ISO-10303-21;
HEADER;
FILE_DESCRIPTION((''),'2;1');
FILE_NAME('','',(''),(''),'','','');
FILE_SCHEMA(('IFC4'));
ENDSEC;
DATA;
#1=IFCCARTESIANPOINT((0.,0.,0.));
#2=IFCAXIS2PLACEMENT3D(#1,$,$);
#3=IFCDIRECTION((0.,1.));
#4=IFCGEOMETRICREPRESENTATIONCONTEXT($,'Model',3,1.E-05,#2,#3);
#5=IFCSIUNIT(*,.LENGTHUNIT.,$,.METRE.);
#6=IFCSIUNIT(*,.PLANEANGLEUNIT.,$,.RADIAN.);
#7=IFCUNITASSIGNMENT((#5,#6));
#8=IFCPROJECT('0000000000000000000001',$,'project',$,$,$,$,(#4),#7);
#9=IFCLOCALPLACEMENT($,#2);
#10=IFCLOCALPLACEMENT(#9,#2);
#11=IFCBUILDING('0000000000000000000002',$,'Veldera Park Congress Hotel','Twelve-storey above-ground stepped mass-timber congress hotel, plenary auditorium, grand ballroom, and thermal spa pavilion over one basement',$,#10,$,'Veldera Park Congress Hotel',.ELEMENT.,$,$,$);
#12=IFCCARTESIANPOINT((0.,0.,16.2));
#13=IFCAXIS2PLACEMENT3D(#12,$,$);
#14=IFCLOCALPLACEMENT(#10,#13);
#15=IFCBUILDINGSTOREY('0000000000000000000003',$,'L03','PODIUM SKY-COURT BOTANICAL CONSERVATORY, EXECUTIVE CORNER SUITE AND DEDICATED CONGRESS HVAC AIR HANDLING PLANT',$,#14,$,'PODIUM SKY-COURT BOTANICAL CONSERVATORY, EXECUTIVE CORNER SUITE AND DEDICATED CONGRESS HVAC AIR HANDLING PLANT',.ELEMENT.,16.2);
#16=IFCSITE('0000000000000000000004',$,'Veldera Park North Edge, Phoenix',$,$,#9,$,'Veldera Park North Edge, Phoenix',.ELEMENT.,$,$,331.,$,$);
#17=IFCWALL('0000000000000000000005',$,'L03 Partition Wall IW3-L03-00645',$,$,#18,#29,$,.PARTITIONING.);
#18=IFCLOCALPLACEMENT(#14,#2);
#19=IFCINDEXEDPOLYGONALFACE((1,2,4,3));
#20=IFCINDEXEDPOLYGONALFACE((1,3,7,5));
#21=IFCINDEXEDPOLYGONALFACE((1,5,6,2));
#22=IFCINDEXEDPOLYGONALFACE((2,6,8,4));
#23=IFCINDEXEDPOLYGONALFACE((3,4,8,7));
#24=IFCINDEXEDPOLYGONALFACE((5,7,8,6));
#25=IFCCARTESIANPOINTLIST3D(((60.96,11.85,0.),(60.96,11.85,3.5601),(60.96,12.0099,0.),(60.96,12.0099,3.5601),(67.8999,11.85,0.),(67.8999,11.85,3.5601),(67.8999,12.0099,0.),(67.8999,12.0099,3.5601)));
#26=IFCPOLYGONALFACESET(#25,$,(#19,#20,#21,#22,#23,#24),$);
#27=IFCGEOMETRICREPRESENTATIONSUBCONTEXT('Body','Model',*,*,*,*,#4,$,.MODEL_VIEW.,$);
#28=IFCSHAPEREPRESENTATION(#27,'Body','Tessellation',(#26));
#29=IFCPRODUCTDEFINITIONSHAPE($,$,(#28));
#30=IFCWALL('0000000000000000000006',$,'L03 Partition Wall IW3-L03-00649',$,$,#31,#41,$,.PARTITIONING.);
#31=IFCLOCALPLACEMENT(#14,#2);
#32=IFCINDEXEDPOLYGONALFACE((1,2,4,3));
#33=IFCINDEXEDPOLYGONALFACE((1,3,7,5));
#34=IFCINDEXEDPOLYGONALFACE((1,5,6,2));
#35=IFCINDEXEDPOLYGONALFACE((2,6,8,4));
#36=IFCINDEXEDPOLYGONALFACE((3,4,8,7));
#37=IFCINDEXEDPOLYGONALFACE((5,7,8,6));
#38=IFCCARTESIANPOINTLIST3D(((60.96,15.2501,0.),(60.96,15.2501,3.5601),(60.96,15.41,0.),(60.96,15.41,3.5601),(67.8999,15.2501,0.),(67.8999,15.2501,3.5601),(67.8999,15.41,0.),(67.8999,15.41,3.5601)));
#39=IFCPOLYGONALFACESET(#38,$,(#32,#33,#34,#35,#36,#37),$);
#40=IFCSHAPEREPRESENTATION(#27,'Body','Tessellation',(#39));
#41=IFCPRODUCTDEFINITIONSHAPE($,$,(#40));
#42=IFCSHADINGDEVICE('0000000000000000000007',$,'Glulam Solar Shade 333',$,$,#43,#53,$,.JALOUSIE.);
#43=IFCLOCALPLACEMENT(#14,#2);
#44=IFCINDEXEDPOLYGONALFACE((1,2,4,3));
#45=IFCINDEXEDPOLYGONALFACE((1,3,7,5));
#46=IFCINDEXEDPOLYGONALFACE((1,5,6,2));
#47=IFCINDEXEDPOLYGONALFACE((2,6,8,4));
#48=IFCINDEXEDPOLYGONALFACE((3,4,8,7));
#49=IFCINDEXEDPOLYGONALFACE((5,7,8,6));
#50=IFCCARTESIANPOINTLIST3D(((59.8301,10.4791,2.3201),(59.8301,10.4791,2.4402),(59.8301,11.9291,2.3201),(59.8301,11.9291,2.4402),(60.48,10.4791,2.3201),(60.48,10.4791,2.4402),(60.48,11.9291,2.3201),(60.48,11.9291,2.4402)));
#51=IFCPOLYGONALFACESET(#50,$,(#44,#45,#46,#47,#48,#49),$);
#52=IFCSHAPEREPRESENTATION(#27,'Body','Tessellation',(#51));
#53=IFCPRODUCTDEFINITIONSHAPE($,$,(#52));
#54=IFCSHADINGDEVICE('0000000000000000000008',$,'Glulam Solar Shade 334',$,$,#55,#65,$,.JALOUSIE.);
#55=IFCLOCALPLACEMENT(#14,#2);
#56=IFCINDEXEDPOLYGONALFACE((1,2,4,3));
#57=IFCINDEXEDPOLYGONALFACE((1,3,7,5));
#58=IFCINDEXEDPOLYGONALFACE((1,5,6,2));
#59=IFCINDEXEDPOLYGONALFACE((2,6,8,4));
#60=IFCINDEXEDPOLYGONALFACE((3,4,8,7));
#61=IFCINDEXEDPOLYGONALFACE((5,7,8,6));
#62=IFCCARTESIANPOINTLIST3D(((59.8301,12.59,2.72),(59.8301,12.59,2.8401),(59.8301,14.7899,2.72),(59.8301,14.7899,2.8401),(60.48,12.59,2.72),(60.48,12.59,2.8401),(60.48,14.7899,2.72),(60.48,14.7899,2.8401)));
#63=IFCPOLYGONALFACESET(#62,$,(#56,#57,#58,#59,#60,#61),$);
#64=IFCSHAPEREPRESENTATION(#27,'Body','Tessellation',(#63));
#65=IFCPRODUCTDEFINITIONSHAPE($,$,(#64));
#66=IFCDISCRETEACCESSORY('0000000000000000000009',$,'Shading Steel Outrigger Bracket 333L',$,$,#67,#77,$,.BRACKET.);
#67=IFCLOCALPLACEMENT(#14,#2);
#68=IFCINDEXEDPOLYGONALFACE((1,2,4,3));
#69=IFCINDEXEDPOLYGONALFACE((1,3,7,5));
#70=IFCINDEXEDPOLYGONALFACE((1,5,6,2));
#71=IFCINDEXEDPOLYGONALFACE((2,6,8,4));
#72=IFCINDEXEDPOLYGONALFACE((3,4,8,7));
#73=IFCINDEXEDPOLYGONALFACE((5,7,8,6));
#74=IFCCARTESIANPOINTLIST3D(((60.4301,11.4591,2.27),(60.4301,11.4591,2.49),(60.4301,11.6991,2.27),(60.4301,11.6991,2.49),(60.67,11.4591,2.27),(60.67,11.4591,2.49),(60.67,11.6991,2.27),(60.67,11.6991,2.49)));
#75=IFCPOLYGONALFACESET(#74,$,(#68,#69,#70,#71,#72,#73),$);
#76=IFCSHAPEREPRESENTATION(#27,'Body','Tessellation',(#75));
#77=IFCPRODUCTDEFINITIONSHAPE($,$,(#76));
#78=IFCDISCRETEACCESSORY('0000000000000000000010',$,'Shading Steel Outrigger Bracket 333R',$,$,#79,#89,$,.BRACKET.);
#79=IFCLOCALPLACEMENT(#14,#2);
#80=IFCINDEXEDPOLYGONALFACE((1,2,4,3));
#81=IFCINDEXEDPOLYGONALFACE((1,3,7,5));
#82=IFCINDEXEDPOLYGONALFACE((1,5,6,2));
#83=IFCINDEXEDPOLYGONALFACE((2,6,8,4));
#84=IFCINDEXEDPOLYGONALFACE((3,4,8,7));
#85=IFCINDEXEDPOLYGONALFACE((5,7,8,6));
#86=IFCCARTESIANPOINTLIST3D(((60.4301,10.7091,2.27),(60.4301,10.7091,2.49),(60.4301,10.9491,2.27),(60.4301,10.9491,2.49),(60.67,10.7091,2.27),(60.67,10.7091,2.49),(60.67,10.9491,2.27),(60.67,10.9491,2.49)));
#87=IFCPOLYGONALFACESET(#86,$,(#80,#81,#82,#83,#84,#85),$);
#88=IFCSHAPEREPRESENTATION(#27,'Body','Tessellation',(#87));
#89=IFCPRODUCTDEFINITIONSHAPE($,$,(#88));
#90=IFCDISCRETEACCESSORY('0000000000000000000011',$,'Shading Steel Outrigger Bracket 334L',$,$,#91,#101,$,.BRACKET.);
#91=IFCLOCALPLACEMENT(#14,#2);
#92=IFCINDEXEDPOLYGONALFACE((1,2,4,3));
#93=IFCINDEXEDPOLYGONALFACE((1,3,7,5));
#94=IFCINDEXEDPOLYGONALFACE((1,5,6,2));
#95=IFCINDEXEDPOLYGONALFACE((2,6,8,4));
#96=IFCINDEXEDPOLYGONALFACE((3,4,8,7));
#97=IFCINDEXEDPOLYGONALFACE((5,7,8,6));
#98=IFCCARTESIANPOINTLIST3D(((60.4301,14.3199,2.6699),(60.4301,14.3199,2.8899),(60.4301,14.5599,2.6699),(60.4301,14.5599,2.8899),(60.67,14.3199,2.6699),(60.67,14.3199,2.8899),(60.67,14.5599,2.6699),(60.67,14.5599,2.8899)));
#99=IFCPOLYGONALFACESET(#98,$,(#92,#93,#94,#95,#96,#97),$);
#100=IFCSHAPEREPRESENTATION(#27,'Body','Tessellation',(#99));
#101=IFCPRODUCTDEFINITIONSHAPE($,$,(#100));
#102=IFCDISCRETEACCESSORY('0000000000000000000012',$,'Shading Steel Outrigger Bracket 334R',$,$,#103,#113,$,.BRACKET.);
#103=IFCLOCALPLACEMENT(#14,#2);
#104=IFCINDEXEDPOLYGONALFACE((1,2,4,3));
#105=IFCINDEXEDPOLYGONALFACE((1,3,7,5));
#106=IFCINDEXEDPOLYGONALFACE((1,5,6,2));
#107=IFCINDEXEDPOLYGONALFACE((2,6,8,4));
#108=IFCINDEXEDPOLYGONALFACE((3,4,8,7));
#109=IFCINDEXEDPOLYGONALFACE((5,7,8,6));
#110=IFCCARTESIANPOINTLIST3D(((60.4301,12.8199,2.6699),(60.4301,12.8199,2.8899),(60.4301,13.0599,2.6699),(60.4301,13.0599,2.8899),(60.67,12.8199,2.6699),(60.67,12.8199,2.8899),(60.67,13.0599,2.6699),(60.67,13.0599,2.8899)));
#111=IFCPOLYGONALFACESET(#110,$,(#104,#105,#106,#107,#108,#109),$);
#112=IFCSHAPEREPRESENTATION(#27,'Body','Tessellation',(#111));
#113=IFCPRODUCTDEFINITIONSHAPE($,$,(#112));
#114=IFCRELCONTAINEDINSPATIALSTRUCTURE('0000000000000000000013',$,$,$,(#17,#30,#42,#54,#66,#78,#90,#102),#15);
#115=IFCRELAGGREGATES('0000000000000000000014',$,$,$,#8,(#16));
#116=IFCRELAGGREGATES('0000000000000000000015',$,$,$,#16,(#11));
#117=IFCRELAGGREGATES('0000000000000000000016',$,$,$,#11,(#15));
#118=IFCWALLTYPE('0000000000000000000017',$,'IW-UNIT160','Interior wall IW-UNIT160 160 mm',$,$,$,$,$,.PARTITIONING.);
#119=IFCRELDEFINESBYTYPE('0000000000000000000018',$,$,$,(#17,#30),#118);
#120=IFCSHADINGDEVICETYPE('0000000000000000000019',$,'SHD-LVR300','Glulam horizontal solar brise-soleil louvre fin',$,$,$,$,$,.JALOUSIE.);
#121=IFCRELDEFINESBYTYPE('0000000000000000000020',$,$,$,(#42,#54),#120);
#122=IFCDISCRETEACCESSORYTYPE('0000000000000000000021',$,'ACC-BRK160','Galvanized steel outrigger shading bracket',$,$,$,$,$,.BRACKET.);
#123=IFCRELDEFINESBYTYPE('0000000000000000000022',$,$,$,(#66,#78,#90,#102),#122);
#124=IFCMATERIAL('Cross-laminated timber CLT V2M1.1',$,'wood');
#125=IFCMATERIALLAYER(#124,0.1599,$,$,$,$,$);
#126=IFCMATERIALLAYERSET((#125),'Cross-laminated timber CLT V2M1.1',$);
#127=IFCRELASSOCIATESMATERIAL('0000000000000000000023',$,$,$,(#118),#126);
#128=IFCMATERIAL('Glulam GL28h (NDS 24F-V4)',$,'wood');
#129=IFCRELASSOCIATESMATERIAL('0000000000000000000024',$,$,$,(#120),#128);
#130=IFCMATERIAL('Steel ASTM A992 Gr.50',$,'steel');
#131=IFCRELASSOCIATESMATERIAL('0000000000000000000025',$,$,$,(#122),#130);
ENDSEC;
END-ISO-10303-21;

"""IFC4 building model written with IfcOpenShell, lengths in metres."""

from ifc_helpers import new_model, si_unit, direction, frame, frame_2d, origin, origin_2d, place, context, subcontext, project, spatial, rectangle, extrude, material, layer, layer_set, type_object, element, save


model = new_model("IFC4")

# Units and contexts
model_context = context("Model", 3, precision=1e-05, world=origin(), true_north=direction((0.0, 1.0)))
body_context = subcontext(model_context, "Body", "Model", "MODEL_VIEW")
ifc_project = project(units=[si_unit("LENGTHUNIT", "METRE"), si_unit("PLANEANGLEUNIT", "RADIAN")], contexts=[model_context])

# Site, building, storey
site_placement = place(None, origin())
site = spatial("IfcSite", under=ifc_project, at=site_placement, Name="Veldera Park North Edge, Phoenix", LongName="Veldera Park North Edge, Phoenix", CompositionType="ELEMENT", RefElevation=331.0)
building_placement = place(site_placement, origin())
building = spatial("IfcBuilding", under=site, at=building_placement, Name="Veldera Park Congress Hotel", Description="Twelve-storey above-ground stepped mass-timber congress hotel, plenary auditorium, grand ballroom, and thermal spa pavilion over one basement", LongName="Veldera Park Congress Hotel", CompositionType="ELEMENT")
storey_placement = place(building_placement, frame((0.0, 0.0, 16.2)))
storey = spatial("IfcBuildingStorey", under=building, at=storey_placement, Name="L03", Description="PODIUM SKY-COURT BOTANICAL CONSERVATORY, EXECUTIVE CORNER SUITE AND DEDICATED CONGRESS HVAC AIR HANDLING PLANT", LongName="PODIUM SKY-COURT BOTANICAL CONSERVATORY, EXECUTIVE CORNER SUITE AND DEDICATED CONGRESS HVAC AIR HANDLING PLANT", CompositionType="ELEMENT", Elevation=16.2)

# Shared definitions
ifc_material_1 = material(Name="Glulam GL28h (NDS 24F-V4)", Category="wood")

# Shared definitions
ifc_material_2 = material(Name="Cross-laminated timber CLT V2M1.1", Category="wood")

# Walls
ifc_layer_1 = layer(ifc_material_2, 0.1599)
ifc_layer_set_1 = layer_set([ifc_layer_1], Name="Cross-laminated timber CLT V2M1.1")
wall_type_1 = type_object("IfcWallType", Name="IW-UNIT160", Description="Interior wall IW-UNIT160 160 mm", PredefinedType="PARTITIONING", material=ifc_layer_set_1)
for number, where, z_axis, x_axis, name in (
    (1, (60.96, 11.9299, 0.0), (0.0, 0.0, 1.0), (1.0, 0.0, 0.0), "L03 Partition Wall IW3-L03-00645"),
    (2, (60.96, 15.3301, 0.0), (0.0, 0.0, 1.0), (1.0, 0.0, 0.0), "L03 Partition Wall IW3-L03-00649"),
):
    element("IfcWall", number, at=place(storey_placement, frame(where, z_axis=z_axis, x_axis=x_axis)), inside=storey, type_object=wall_type_1, Name=name, PredefinedType="PARTITIONING", context=body_context, shape_type="SweptSolid", body=[
        extrude(rectangle(XDim=6.9399, YDim=0.1599, at=frame_2d((3.47, 0.0))), origin(), (0.0, 0.0, 1.0), 3.5601),
    ])

# Shading devices
shading_device_type = type_object("IfcShadingDeviceType", Name="SHD-LVR300", Description="Glulam horizontal solar brise-soleil louvre fin", PredefinedType="JALOUSIE", material=ifc_material_1)
shading_device_1_placement = place(storey_placement, frame((60.155, 11.2041, 2.3201), z_axis=(0.0, 0.0, 1.0), x_axis=(0.0, -1.0, 0.0)))
element("IfcShadingDevice", 3, at=shading_device_1_placement, inside=storey, type_object=shading_device_type, Name="Glulam Solar Shade 333", PredefinedType="JALOUSIE", context=body_context, shape_type="SweptSolid", body=[
    extrude(rectangle(XDim=1.45, YDim=0.6499, at=origin_2d()), origin(), (0.0, 0.0, 1.0), 0.1201),
])
shading_device_2_placement = place(storey_placement, frame((60.155, 13.6899, 2.72), z_axis=(0.0, 0.0, 1.0), x_axis=(0.0, -1.0, 0.0)))
element("IfcShadingDevice", 4, at=shading_device_2_placement, inside=storey, type_object=shading_device_type, Name="Glulam Solar Shade 334", PredefinedType="JALOUSIE", context=body_context, shape_type="SweptSolid", body=[
    extrude(rectangle(XDim=2.2, YDim=0.6499, at=origin_2d()), origin(), (0.0, 0.0, 1.0), 0.1201),
])

# Discrete accessories
ifc_material_3 = material(Name="Steel ASTM A992 Gr.50", Category="steel")
discrete_accessory_type = type_object("IfcDiscreteAccessoryType", Name="ACC-BRK160", Description="Galvanized steel outrigger shading bracket", PredefinedType="BRACKET", material=ifc_material_3)
for number, where, z_axis, x_axis, name in (
    (5, (60.55, 11.5791, 2.27), (0.0, 0.0, 1.0), (0.0, -1.0, 0.0), "Shading Steel Outrigger Bracket 333L"),
    (6, (60.55, 10.8291, 2.27), (0.0, 0.0, 1.0), (0.0, -1.0, 0.0), "Shading Steel Outrigger Bracket 333R"),
    (7, (60.55, 14.4399, 2.6699), (0.0, 0.0, 1.0), (0.0, -1.0, 0.0), "Shading Steel Outrigger Bracket 334L"),
    (8, (60.55, 12.9399, 2.6699), (0.0, 0.0, 1.0), (0.0, -1.0, 0.0), "Shading Steel Outrigger Bracket 334R"),
):
    element("IfcDiscreteAccessory", number, at=place(storey_placement, frame(where, z_axis=z_axis, x_axis=x_axis)), inside=storey, type_object=discrete_accessory_type, Name=name, PredefinedType="BRACKET", context=body_context, shape_type="SweptSolid", body=[
        extrude(rectangle(XDim=0.24, YDim=0.24, at=origin_2d()), origin(), (0.0, 0.0, 1.0), 0.22),
    ])

save(model, "model.ifc")
